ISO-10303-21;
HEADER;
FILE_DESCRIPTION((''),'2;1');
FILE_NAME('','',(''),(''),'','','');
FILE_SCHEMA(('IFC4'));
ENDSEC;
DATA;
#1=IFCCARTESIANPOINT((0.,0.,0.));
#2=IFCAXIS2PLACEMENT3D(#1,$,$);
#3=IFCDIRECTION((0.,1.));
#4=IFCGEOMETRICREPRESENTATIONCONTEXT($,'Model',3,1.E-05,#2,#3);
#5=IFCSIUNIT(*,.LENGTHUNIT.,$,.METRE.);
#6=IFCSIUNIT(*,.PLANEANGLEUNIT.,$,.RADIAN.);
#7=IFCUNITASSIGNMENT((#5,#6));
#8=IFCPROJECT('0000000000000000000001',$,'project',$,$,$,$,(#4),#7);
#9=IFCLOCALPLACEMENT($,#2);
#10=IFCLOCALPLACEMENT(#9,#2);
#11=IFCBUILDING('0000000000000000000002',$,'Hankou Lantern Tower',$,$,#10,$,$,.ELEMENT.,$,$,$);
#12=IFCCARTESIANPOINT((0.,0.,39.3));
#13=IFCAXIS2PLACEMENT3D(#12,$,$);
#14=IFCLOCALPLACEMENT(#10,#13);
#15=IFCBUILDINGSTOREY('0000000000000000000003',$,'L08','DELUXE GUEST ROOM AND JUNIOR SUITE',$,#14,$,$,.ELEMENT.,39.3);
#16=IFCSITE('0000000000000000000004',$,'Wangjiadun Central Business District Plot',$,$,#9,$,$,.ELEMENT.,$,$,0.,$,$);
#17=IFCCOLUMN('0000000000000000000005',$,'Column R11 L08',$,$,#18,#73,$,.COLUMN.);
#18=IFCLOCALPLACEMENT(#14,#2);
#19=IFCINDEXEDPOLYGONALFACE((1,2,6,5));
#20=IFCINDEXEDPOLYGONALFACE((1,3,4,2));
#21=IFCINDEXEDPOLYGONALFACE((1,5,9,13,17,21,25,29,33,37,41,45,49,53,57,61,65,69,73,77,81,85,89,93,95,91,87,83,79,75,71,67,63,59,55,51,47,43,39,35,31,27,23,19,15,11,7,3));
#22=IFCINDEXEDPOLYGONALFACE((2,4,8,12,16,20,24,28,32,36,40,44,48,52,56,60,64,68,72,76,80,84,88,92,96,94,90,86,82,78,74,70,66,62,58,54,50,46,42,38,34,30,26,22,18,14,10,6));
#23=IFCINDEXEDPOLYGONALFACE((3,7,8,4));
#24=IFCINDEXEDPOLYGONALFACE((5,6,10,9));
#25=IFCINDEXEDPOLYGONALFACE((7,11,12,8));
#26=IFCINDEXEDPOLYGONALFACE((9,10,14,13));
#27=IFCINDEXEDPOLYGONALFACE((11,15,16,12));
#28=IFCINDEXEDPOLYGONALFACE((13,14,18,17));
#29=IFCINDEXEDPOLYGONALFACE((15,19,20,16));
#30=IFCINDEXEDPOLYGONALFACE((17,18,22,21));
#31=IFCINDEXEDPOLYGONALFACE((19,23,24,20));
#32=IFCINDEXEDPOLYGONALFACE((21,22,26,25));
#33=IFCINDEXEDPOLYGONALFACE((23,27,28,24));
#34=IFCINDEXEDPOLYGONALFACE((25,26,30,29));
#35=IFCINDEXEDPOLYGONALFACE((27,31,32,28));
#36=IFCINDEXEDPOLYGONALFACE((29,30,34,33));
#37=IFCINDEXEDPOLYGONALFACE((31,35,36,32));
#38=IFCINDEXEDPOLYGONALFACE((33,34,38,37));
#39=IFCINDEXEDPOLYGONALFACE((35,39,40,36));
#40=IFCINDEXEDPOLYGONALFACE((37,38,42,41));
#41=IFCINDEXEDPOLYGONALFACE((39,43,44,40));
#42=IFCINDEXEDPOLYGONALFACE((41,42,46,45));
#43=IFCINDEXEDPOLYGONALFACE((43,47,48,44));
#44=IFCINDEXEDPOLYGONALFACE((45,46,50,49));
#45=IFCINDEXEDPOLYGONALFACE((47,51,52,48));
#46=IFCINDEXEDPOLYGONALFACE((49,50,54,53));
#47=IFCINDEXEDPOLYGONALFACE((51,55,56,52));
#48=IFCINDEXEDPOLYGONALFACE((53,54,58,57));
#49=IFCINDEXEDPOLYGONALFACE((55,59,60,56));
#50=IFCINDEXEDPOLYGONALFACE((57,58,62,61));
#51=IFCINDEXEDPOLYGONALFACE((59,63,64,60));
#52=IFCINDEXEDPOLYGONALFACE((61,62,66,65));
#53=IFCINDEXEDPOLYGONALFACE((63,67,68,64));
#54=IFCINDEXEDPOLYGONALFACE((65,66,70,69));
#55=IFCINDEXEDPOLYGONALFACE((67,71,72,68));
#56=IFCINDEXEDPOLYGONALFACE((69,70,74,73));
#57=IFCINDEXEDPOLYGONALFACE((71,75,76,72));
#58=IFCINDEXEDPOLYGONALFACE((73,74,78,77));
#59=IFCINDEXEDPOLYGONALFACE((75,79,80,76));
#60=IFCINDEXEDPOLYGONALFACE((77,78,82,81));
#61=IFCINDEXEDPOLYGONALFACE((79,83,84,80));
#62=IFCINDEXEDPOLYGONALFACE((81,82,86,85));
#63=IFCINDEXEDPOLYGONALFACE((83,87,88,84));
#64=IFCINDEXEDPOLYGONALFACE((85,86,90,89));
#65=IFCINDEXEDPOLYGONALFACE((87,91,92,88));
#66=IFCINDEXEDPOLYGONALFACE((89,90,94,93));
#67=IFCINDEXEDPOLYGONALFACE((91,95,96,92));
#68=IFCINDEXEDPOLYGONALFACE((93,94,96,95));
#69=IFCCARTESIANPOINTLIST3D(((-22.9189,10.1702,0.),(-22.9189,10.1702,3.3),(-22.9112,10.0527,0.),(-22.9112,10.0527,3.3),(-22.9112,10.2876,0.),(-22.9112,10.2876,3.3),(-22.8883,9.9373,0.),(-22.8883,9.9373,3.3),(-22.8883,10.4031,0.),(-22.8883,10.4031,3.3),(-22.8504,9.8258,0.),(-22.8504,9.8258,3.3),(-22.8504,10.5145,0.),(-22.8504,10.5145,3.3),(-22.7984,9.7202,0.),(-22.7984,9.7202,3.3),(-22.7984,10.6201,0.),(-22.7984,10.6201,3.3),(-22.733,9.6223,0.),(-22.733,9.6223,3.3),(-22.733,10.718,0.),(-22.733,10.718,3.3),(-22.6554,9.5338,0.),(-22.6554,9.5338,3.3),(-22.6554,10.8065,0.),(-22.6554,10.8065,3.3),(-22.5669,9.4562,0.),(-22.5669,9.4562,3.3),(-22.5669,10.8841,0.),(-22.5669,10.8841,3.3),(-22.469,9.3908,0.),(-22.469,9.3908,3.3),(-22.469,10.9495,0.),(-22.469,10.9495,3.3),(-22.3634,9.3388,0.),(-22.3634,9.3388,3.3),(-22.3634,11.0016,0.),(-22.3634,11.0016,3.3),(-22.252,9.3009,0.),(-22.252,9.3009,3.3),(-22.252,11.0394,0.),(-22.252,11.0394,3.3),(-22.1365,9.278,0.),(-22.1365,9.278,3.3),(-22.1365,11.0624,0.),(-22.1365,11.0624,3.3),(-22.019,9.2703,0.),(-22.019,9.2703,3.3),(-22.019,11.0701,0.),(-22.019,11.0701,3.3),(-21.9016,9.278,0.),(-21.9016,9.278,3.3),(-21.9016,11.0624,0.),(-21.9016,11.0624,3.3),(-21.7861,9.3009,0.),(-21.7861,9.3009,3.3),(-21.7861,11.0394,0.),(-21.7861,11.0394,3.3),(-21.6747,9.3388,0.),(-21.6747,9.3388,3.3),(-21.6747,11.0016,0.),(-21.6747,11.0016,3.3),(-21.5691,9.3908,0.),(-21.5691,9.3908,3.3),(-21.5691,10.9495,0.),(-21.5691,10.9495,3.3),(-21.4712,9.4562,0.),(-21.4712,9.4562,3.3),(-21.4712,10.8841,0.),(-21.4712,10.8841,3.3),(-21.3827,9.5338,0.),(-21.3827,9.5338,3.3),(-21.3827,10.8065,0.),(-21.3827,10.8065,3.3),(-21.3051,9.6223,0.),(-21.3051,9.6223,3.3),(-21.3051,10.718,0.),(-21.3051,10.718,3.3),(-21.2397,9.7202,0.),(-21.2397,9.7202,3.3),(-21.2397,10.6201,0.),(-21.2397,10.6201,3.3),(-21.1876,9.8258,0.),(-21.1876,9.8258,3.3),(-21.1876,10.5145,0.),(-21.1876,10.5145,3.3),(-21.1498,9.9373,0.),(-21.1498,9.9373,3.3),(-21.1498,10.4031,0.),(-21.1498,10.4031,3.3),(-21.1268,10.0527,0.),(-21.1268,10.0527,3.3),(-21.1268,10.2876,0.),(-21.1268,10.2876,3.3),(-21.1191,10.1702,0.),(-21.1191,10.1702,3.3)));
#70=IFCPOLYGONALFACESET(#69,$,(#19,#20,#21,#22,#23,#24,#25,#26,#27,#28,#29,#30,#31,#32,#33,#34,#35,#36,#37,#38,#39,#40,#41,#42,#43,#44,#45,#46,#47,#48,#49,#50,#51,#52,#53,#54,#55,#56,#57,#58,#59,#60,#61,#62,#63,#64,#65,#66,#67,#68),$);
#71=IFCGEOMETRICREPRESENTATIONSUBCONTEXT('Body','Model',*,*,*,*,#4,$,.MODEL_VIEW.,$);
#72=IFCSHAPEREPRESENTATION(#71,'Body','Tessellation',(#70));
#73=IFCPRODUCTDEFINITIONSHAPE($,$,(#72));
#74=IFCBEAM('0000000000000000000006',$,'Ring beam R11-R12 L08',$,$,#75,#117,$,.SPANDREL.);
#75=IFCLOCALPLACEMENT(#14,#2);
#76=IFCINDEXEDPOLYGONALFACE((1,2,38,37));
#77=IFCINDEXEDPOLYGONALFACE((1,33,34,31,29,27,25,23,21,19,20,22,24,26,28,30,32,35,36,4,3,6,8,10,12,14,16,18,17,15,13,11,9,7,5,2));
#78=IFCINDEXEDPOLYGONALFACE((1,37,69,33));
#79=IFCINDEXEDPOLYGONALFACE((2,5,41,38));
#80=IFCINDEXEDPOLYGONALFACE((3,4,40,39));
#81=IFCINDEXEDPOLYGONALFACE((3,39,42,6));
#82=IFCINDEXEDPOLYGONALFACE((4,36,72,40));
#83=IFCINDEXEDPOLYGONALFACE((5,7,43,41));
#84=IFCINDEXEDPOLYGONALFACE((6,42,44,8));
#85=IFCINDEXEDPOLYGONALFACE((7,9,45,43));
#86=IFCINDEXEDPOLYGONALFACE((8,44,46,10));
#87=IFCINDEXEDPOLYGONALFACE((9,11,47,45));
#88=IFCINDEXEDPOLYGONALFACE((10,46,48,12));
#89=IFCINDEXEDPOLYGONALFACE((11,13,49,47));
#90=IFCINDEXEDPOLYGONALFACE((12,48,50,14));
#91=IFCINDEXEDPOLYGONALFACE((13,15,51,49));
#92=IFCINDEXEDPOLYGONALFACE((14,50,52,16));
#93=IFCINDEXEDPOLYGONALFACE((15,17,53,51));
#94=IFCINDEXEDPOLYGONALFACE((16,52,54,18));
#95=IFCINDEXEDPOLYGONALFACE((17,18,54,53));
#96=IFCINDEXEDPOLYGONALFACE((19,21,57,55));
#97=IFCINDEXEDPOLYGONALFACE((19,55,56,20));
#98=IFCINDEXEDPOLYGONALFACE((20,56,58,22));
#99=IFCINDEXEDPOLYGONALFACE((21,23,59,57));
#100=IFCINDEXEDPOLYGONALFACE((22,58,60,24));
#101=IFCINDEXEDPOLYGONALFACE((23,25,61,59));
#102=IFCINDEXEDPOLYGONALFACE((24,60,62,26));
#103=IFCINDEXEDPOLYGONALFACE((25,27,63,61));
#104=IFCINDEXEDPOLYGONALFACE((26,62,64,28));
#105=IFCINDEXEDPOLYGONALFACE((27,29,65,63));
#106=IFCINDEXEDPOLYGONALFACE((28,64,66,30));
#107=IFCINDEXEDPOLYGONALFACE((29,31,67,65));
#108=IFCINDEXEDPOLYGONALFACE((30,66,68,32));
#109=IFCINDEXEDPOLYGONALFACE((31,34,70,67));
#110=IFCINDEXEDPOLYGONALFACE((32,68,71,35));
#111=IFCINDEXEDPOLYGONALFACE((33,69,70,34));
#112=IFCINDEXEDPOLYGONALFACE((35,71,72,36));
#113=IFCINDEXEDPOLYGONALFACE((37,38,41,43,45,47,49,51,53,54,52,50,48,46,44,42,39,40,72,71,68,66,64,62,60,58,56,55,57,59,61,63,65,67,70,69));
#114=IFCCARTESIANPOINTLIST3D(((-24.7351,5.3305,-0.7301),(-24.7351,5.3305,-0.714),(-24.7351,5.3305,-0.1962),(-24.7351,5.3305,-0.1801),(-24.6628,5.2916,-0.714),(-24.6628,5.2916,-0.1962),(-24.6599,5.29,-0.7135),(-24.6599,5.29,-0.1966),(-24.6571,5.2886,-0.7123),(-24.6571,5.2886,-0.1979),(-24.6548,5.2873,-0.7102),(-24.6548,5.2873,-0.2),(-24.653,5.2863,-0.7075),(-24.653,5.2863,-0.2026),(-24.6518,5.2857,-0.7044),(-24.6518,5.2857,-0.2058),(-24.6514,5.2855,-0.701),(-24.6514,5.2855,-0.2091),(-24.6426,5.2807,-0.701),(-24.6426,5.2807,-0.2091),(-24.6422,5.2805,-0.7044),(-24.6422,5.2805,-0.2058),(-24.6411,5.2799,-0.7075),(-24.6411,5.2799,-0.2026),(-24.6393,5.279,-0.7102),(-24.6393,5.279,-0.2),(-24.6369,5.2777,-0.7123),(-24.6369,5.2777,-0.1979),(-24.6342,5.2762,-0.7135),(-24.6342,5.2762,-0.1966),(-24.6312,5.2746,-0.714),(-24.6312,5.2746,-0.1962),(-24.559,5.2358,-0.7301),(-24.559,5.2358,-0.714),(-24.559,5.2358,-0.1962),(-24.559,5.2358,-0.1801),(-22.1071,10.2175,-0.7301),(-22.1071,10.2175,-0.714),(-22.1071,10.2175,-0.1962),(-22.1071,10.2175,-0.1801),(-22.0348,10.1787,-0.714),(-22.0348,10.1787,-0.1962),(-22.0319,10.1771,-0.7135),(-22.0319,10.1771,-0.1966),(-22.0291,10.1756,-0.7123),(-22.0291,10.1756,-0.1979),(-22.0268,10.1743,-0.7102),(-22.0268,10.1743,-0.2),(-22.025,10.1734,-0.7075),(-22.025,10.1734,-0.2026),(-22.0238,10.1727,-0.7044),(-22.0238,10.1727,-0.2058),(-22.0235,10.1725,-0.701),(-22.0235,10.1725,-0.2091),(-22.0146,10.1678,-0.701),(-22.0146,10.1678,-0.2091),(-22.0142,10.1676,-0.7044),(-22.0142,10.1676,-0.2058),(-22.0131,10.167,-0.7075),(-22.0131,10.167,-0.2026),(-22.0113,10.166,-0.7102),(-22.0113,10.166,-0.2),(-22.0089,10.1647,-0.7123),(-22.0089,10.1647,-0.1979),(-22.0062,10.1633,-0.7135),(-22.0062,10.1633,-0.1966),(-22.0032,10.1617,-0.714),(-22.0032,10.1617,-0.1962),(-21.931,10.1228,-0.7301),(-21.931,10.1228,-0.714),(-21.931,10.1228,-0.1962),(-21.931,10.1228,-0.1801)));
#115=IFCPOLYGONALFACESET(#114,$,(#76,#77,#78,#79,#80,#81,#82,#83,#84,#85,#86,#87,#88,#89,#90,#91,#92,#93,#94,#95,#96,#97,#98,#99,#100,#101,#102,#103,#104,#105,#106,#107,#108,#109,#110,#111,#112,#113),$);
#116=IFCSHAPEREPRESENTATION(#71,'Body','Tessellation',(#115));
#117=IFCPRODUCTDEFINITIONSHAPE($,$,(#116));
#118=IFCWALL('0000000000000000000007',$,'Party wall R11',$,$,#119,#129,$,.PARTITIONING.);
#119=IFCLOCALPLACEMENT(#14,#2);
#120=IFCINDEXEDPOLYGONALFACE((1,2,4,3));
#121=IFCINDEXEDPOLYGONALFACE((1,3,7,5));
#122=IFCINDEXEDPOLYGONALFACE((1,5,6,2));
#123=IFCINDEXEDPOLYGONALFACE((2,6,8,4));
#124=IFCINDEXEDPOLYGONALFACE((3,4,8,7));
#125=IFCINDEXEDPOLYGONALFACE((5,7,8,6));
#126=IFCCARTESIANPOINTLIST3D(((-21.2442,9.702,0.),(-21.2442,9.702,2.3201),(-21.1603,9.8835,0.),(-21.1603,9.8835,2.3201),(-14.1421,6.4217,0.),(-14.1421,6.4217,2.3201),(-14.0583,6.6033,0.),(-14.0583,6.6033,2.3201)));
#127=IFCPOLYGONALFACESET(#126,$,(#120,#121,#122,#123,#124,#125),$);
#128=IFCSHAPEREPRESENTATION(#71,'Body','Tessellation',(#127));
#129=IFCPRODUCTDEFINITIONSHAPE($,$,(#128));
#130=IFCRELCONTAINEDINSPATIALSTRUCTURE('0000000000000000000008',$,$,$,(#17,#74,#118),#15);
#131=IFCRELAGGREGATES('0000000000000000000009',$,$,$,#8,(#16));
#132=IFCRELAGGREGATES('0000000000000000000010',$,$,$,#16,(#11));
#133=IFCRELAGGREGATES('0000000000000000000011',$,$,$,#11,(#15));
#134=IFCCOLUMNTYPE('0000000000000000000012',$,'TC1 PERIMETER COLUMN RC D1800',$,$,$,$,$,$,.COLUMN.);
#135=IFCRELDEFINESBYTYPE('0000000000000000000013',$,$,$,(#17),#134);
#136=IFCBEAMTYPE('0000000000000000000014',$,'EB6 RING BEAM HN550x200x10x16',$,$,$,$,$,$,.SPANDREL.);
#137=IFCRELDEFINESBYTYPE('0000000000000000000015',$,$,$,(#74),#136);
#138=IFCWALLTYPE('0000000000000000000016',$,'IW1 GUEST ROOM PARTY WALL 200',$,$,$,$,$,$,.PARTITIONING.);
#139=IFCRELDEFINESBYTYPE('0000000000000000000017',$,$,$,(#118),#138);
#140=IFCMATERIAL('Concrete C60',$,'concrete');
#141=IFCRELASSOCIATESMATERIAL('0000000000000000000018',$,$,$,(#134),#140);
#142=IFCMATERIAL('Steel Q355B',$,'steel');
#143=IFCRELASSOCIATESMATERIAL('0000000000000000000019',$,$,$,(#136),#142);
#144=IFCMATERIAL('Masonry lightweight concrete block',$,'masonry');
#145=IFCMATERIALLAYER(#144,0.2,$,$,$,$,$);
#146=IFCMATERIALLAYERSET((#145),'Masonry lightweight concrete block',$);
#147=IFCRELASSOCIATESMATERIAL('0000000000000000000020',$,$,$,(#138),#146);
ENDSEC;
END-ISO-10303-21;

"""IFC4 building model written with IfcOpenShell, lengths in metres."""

from ifc_helpers import new_model, si_unit, direction, frame, frame_2d, origin, origin_2d, place, context, subcontext, project, spatial, rectangle, circle, i_section, extrude, material, layer, layer_set, material_profile, profile_set, type_object, element, save


model = new_model("IFC4")

# Units and contexts
model_context = context("Model", 3, precision=1e-05, world=origin(), true_north=direction((0.0, 1.0)))
body_context = subcontext(model_context, "Body", "Model", "MODEL_VIEW")
ifc_project = project(units=[si_unit("LENGTHUNIT", "METRE"), si_unit("PLANEANGLEUNIT", "RADIAN")], contexts=[model_context])

# Site, building, storey
site_placement = place(None, origin())
site = spatial("IfcSite", under=ifc_project, at=site_placement, Name="Wangjiadun Central Business District Plot", CompositionType="ELEMENT", RefElevation=0.0)
building_placement = place(site_placement, origin())
building = spatial("IfcBuilding", under=site, at=building_placement, Name="Hankou Lantern Tower", CompositionType="ELEMENT")
storey_placement = place(building_placement, frame((0.0, 0.0, 39.3)))
storey = spatial("IfcBuildingStorey", under=building, at=storey_placement, Name="L08", Description="DELUXE GUEST ROOM AND JUNIOR SUITE", CompositionType="ELEMENT", Elevation=39.3)

# Column
ifc_material_1 = material(Name="Concrete C60", Category="concrete")
ifc_material_profile_1 = material_profile(ifc_material_1, circle(Radius=0.8999, at=origin_2d()), Name="RC D1800")
ifc_profile_set_1 = profile_set([ifc_material_profile_1], Name="Concrete C60")
column_type = type_object("IfcColumnType", Name="TC1 PERIMETER COLUMN RC D1800", PredefinedType="COLUMN", material=ifc_profile_set_1)
column_placement = place(storey_placement, frame((-22.019, 10.1702, 0.0), z_axis=(0.0, 0.0, 1.0), x_axis=(1.0, 0.0, 0.0)))
element("IfcColumn", 1, at=column_placement, inside=storey, type_object=column_type, Name="Column R11 L08", PredefinedType="COLUMN", context=body_context, shape_type="SweptSolid", body=[
    extrude(circle(Radius=0.8999, at=origin_2d()), origin(), (0.0, 0.0, 1.0), 3.3),
])

# Beam
ifc_material_2 = material(Name="Steel Q355B", Category="steel")
ifc_material_profile_2 = material_profile(ifc_material_2, i_section(OverallWidth=0.2, OverallDepth=0.55, WebThickness=0.01, FlangeThickness=0.0161, FilletRadius=0.0129, at=origin_2d()), Name="HN550x200x10x16")
ifc_profile_set_2 = profile_set([ifc_material_profile_2], Name="Steel Q355B")
beam_type = type_object("IfcBeamType", Name="EB6 RING BEAM HN550x200x10x16", PredefinedType="SPANDREL", material=ifc_profile_set_2)
beam_placement = place(storey_placement, frame((-22.019, 10.1702, -0.4551), z_axis=(-0.473609, -0.880735, 0.0), x_axis=(0.880735, -0.473609, 0.0)))
element("IfcBeam", 2, at=beam_placement, inside=storey, type_object=beam_type, Name="Ring beam R11-R12 L08", PredefinedType="SPANDREL", context=body_context, shape_type="SweptSolid", body=[
    extrude(i_section(OverallWidth=0.2, OverallDepth=0.55, WebThickness=0.01, FlangeThickness=0.0161, FilletRadius=0.0129, at=origin_2d()), origin(), (0.0, 0.0, 1.0), 5.5488),
])

# Wall
ifc_material_3 = material(Name="Masonry lightweight concrete block", Category="masonry")
ifc_layer_1 = layer(ifc_material_3, 0.2)
ifc_layer_set_1 = layer_set([ifc_layer_1], Name="Masonry lightweight concrete block")
wall_type_1 = type_object("IfcWallType", Name="IW1 GUEST ROOM PARTY WALL 200", PredefinedType="PARTITIONING", material=ifc_layer_set_1)
wall_1_placement = place(storey_placement, frame((-14.1001, 6.5125, 0.0), z_axis=(0.0, 0.0, 1.0), x_axis=(-0.907842, 0.419311, 0.0)))
element("IfcWall", 3, at=wall_1_placement, inside=storey, type_object=wall_type_1, Name="Party wall R11", PredefinedType="PARTITIONING", context=body_context, shape_type="SweptSolid", body=[
    extrude(rectangle(XDim=7.823, YDim=0.2, at=frame_2d((3.9116, 0.0))), origin(), (0.0, 0.0, 1.0), 2.3201),
])

save(model, "model.ifc")
